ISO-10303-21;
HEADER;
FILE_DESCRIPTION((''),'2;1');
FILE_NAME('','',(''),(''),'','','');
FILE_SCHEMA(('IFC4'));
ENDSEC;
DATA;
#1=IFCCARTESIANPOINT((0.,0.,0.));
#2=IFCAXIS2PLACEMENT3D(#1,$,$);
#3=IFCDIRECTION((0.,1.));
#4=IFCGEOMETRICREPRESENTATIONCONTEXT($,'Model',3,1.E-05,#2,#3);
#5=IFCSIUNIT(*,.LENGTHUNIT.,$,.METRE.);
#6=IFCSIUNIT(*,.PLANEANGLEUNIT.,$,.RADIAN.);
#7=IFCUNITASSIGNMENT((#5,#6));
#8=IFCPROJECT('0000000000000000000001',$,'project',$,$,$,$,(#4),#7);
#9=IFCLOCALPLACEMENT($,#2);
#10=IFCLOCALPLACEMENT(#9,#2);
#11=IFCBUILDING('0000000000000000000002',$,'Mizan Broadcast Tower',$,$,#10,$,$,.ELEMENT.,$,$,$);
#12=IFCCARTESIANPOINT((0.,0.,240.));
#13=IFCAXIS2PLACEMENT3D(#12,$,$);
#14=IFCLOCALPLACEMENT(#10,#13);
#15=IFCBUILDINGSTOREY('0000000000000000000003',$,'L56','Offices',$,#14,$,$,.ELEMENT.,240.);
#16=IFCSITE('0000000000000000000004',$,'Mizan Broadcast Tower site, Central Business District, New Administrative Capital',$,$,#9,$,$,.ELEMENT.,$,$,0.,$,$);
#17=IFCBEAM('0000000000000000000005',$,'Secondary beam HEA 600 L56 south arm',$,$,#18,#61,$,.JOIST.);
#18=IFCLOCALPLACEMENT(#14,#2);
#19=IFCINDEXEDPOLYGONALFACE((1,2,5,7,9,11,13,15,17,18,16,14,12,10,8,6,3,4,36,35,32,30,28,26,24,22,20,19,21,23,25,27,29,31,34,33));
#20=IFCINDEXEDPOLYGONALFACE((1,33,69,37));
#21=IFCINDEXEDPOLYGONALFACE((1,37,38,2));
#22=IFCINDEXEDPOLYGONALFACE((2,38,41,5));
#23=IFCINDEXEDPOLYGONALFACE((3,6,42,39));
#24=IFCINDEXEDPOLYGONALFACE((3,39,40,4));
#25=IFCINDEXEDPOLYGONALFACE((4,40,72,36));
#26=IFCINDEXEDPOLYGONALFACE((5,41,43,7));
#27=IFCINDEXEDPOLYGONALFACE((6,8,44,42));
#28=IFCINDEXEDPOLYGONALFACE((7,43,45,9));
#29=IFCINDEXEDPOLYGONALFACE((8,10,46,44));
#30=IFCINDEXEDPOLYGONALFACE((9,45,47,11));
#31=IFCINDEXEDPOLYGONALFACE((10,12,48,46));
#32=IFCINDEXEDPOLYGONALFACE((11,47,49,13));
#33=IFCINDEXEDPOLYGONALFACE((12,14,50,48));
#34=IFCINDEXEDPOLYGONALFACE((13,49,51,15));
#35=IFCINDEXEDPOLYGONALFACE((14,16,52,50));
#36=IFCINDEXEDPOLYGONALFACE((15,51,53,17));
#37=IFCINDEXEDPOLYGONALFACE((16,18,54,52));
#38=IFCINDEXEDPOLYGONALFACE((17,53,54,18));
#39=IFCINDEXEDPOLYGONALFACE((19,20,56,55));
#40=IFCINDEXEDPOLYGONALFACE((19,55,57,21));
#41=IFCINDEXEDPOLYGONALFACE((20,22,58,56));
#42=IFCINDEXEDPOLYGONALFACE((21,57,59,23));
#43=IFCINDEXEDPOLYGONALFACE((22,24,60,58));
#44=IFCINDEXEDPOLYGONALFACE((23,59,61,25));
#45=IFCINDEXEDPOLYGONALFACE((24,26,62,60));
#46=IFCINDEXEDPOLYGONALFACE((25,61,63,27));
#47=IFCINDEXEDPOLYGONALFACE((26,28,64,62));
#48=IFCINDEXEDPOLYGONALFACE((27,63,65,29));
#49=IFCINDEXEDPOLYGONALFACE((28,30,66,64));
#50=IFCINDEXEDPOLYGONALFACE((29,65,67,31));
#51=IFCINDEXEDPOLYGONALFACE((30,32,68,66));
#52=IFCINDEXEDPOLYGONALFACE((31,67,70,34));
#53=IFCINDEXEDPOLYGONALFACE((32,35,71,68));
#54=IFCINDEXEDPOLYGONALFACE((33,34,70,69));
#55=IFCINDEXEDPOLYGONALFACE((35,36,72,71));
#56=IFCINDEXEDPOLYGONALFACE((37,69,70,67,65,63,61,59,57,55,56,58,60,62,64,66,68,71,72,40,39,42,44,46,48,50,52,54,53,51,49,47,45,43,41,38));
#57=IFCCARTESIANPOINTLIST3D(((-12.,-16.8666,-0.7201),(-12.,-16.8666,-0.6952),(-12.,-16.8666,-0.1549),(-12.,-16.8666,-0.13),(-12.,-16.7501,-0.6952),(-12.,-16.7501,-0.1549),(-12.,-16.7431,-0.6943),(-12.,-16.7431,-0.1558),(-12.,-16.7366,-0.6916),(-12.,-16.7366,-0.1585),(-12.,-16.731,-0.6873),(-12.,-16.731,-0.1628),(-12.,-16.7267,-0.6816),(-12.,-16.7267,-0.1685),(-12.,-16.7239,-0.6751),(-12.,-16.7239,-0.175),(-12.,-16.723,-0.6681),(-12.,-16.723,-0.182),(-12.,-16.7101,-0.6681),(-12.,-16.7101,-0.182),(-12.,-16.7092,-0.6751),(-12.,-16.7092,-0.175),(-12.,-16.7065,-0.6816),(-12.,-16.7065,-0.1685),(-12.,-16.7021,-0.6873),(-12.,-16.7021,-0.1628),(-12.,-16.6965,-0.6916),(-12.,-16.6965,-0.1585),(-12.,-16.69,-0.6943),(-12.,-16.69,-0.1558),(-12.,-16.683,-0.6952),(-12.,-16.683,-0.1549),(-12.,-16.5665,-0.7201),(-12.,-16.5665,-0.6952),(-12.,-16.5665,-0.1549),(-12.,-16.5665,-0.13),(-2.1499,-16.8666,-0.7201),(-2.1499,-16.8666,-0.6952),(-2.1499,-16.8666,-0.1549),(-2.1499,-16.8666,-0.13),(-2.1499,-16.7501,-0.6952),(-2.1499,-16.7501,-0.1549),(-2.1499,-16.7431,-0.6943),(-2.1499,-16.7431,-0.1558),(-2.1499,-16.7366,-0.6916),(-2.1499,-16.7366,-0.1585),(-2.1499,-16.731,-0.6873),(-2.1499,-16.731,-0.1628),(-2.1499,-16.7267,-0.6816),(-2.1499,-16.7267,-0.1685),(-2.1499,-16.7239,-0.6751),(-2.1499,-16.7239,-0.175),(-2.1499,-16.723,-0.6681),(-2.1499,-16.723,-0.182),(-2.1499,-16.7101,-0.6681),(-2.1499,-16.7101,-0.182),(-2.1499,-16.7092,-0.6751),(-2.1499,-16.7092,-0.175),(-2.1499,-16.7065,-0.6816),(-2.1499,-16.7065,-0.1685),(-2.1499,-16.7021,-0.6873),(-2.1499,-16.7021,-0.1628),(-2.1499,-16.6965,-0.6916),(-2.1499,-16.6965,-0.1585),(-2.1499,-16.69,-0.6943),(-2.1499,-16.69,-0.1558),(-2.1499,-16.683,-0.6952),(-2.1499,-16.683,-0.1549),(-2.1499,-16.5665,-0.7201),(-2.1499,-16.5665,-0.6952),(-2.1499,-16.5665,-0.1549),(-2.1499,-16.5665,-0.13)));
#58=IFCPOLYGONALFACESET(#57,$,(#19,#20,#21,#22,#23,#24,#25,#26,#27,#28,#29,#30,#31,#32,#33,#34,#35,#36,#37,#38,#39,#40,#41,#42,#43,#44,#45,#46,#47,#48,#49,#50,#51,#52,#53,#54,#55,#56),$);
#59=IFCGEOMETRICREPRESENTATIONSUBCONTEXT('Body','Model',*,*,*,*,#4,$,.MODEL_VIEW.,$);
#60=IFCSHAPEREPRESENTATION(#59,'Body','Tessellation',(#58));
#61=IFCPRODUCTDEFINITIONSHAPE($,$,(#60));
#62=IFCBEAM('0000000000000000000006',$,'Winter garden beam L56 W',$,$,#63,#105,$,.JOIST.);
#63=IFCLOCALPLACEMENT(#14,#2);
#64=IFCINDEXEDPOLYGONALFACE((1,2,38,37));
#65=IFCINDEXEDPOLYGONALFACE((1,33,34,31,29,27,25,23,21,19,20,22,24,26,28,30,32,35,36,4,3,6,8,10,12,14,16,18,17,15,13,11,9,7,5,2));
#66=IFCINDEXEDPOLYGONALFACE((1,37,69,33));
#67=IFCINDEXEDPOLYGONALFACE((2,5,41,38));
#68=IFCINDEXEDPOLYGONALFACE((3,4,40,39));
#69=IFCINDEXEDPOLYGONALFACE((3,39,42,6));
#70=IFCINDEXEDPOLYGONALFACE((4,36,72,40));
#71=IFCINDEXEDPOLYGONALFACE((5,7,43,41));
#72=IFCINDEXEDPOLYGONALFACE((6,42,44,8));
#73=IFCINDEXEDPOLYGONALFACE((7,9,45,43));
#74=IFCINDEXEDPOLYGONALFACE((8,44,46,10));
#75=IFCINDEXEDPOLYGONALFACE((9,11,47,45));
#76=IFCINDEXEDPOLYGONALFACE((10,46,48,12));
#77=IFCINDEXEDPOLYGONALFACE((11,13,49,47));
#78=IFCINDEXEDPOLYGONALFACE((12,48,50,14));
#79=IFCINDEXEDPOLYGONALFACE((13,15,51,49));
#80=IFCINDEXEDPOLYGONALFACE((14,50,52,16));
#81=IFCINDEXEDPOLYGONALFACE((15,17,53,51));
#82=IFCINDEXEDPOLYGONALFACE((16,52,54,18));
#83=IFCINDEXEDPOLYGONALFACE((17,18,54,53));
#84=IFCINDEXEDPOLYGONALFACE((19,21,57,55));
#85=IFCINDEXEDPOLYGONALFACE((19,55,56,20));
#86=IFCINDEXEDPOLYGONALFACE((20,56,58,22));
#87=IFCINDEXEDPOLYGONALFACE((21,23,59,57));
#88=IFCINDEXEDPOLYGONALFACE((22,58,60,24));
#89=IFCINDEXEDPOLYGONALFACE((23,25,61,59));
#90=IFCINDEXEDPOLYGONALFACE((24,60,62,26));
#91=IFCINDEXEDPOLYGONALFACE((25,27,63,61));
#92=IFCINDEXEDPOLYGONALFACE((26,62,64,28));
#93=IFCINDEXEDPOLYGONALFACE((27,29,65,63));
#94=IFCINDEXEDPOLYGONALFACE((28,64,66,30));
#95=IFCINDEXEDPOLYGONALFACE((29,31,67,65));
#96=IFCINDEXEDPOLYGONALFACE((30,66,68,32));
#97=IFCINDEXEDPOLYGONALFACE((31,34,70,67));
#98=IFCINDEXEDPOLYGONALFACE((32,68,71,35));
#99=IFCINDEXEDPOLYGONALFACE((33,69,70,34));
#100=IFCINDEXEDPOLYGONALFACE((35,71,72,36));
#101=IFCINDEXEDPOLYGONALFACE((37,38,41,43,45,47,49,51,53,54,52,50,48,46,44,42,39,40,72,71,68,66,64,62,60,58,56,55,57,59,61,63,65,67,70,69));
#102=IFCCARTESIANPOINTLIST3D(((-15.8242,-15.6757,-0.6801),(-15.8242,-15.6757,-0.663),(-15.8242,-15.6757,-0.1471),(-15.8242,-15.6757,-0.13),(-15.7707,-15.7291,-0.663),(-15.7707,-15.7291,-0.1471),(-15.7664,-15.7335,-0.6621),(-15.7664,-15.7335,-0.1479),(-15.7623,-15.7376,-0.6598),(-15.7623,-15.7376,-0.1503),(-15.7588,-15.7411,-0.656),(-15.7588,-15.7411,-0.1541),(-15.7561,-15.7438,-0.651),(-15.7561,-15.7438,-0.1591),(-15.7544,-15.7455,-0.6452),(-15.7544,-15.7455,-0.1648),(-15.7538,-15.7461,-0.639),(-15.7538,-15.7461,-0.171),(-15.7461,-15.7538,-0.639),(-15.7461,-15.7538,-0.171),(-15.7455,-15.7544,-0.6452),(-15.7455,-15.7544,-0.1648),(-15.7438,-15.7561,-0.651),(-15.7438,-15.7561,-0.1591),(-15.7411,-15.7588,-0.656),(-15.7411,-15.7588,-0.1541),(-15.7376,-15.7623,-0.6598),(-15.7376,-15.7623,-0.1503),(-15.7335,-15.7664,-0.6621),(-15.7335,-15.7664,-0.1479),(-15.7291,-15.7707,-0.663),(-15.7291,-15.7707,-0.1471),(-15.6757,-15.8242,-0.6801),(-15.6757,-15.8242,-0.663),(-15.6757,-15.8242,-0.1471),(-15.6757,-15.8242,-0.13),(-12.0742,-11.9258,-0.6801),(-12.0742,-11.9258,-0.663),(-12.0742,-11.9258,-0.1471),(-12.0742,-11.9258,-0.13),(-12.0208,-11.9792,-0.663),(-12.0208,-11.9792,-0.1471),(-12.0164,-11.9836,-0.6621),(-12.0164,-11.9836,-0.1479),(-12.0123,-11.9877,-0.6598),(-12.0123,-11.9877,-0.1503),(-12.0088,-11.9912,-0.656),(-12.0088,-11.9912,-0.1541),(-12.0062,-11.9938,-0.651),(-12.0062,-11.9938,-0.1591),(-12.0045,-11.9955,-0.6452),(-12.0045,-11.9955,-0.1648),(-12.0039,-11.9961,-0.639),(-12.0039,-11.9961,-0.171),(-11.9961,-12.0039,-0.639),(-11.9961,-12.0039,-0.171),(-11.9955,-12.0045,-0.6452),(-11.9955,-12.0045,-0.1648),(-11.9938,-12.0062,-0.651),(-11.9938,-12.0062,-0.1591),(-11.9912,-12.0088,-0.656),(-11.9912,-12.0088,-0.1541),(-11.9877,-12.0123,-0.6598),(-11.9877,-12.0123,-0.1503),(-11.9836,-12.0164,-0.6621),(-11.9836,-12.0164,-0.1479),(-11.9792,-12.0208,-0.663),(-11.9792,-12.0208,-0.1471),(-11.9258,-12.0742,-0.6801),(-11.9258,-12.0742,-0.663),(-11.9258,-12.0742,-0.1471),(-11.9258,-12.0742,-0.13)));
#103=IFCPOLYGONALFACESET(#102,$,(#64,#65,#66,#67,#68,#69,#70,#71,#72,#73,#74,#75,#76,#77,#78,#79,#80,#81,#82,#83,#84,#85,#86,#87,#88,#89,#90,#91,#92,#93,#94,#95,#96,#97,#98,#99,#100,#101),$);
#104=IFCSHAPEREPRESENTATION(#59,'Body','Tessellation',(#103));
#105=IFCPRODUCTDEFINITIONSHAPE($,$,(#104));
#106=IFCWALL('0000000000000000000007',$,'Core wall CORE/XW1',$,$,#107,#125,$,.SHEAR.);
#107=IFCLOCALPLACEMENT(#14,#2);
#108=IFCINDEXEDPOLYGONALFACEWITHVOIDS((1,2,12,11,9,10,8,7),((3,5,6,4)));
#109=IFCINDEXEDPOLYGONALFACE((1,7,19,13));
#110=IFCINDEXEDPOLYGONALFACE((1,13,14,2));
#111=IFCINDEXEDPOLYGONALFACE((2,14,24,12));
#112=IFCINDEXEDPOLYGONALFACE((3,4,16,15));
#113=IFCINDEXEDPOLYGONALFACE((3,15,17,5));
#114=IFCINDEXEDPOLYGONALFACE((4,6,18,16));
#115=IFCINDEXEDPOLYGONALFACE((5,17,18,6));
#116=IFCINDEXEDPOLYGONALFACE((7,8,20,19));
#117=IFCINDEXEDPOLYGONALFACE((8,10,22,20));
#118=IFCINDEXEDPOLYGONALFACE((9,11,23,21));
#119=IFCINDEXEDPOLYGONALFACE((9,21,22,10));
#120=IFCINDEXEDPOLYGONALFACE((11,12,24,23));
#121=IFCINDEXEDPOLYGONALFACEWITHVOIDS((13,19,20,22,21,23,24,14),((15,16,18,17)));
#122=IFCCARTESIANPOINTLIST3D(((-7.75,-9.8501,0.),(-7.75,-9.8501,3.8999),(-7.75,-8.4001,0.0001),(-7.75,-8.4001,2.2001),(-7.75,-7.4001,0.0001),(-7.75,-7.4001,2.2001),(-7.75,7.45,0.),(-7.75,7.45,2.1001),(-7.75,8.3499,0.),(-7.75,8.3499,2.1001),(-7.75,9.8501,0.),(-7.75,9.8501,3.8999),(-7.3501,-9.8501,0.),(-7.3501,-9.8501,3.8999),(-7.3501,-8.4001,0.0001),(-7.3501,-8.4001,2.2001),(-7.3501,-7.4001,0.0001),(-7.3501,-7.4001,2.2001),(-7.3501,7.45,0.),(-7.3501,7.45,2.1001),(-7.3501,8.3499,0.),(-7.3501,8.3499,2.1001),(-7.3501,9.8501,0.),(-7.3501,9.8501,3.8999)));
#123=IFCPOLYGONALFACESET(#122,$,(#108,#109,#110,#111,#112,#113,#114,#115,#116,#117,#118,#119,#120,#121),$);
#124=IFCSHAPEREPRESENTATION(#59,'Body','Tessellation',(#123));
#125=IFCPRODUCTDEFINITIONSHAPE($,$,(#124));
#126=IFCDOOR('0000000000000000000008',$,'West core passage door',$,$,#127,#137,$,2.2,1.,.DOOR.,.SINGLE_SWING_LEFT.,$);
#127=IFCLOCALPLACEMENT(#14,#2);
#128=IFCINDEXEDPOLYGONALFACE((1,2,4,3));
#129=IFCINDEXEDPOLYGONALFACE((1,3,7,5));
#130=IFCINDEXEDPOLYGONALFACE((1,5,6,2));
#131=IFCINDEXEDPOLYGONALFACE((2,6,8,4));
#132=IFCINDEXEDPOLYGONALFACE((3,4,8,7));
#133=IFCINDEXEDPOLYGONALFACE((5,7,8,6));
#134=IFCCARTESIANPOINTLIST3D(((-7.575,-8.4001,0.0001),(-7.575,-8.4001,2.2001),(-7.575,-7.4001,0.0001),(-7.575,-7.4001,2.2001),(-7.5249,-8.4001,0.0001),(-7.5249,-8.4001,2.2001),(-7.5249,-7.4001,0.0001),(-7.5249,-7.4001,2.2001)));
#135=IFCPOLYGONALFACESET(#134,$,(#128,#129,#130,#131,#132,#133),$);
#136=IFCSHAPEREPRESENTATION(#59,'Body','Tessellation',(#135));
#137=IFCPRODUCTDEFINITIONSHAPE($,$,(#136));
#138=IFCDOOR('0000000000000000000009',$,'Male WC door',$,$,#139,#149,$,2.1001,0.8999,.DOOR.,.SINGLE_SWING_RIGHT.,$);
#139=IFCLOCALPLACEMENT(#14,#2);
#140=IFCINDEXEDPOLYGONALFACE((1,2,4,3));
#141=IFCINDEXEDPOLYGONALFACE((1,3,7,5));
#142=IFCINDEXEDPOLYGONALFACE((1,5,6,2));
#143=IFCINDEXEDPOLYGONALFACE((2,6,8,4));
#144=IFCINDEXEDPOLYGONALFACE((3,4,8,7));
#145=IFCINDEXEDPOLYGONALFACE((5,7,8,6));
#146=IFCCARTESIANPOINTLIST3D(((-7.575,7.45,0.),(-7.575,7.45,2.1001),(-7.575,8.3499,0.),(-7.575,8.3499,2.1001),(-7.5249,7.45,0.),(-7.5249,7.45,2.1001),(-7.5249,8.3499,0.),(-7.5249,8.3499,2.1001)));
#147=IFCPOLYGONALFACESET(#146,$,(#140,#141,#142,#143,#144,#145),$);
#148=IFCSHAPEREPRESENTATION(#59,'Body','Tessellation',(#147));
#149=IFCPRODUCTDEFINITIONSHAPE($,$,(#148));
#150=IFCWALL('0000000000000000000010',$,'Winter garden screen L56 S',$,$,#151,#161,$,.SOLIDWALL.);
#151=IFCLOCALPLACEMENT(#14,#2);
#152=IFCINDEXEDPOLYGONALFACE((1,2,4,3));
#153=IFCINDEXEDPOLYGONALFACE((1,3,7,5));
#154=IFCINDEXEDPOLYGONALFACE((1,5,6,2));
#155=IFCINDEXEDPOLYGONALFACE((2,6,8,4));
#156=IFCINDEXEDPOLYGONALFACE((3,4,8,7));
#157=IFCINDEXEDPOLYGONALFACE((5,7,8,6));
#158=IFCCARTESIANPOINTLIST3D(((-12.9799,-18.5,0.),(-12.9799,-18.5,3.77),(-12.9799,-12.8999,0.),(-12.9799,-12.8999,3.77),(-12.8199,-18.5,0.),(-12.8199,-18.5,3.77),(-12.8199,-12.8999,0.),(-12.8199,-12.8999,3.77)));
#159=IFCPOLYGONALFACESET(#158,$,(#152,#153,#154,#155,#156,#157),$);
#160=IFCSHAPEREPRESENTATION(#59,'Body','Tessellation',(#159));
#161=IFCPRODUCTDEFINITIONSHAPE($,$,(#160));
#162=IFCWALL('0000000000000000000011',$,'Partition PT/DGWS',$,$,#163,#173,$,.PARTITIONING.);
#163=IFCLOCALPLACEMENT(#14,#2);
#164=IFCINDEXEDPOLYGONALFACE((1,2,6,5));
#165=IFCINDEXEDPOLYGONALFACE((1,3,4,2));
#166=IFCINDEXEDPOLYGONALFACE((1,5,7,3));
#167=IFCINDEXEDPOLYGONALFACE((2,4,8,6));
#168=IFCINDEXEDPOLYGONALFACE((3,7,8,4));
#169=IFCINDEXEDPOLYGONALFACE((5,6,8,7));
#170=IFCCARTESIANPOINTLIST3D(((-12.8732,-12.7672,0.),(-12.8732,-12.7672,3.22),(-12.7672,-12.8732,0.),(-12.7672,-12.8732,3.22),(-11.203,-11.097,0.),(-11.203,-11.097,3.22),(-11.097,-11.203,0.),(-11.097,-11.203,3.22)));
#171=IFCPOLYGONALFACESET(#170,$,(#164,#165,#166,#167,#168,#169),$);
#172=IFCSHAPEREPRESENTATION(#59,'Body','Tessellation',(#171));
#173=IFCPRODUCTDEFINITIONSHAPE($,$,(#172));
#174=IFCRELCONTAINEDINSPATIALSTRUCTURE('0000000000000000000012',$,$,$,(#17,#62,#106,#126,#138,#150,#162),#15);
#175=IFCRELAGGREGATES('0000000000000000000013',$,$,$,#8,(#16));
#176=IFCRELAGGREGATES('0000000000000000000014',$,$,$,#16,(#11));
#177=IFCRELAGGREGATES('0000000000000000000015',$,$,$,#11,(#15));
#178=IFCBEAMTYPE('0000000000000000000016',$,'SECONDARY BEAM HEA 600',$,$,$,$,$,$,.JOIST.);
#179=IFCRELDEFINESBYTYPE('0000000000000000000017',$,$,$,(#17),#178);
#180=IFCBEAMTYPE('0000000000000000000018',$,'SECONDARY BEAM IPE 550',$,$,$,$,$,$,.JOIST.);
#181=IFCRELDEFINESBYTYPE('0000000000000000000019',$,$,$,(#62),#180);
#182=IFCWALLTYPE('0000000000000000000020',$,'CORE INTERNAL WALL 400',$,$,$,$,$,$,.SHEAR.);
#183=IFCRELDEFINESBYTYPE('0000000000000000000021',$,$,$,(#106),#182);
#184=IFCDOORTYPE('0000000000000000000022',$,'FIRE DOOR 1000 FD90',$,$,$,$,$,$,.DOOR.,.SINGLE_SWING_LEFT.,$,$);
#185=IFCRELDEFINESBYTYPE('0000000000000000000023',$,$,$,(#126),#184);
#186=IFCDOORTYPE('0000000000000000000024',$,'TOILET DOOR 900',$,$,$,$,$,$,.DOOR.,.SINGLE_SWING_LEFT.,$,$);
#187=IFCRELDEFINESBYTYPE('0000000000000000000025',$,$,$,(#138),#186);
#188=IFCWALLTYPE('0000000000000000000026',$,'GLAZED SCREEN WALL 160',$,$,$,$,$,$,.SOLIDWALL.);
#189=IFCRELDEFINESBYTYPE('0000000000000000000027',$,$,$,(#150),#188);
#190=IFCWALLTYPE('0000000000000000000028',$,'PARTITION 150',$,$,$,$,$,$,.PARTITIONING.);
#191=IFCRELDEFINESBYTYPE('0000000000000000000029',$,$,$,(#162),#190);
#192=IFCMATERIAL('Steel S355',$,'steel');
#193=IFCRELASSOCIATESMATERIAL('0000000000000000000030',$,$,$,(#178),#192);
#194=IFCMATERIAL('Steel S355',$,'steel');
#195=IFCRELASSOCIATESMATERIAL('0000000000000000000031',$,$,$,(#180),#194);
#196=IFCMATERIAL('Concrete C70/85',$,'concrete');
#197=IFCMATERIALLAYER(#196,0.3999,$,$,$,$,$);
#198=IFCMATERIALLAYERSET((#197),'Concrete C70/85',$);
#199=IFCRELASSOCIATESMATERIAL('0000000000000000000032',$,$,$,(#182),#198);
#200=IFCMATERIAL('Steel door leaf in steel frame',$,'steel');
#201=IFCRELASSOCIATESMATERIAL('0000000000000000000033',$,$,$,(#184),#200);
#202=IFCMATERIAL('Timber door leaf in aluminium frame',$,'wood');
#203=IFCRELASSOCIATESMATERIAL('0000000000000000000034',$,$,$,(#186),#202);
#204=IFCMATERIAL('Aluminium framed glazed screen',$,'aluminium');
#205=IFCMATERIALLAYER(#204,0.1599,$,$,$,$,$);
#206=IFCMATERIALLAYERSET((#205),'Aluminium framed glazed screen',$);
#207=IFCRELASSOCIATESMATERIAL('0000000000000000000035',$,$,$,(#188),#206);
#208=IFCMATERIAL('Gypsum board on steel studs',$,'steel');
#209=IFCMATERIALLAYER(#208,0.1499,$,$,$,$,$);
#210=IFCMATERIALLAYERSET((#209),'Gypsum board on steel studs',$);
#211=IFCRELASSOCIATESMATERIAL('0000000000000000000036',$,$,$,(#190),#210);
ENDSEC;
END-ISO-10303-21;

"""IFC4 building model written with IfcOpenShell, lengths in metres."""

from ifc_helpers import new_model, si_unit, direction, frame, frame_2d, origin, origin_2d, place, context, subcontext, project, spatial, rectangle, i_section, extrude, material, layer, layer_set, material_profile, profile_set, type_object, element, fill, save


model = new_model("IFC4")

# Units and contexts
model_context = context("Model", 3, precision=1e-05, world=origin(), true_north=direction((0.0, 1.0)))
body_context = subcontext(model_context, "Body", "Model", "MODEL_VIEW")
ifc_project = project(units=[si_unit("LENGTHUNIT", "METRE"), si_unit("PLANEANGLEUNIT", "RADIAN")], contexts=[model_context])

# Site, building, storey
site_placement = place(None, origin())
site = spatial("IfcSite", under=ifc_project, at=site_placement, Name="Mizan Broadcast Tower site, Central Business District, New Administrative Capital", CompositionType="ELEMENT", RefElevation=0.0)
building_placement = place(site_placement, origin())
building = spatial("IfcBuilding", under=site, at=building_placement, Name="Mizan Broadcast Tower", CompositionType="ELEMENT")
storey_placement = place(building_placement, frame((0.0, 0.0, 240.0)))
storey = spatial("IfcBuildingStorey", under=building, at=storey_placement, Name="L56", Description="Offices", CompositionType="ELEMENT", Elevation=240.0)

# Beams
ifc_material_1 = material(Name="Steel S355", Category="steel")
ifc_material_profile_1 = material_profile(ifc_material_1, i_section(OverallWidth=0.3, OverallDepth=0.5901, WebThickness=0.0129, FlangeThickness=0.0249, FilletRadius=0.0271, at=origin_2d()), Name="HEA 600")
ifc_profile_set_1 = profile_set([ifc_material_profile_1], Name="Steel S355")
beam_type_1 = type_object("IfcBeamType", Name="SECONDARY BEAM HEA 600", PredefinedType="JOIST", material=ifc_profile_set_1)
for number, where, z_axis, x_axis, name in (
    (1, (-12.0, -16.7166, -0.425), (1.0, 0.0, 0.0), (0.0, 1.0, 0.0), "Secondary beam HEA 600 L56 south arm"),
):
    element("IfcBeam", number, at=place(storey_placement, frame(where, z_axis=z_axis, x_axis=x_axis)), inside=storey, type_object=beam_type_1, Name=name, PredefinedType="JOIST", context=body_context, shape_type="SweptSolid", body=[
        extrude(i_section(OverallWidth=0.3, OverallDepth=0.5901, WebThickness=0.0129, FlangeThickness=0.0249, FilletRadius=0.0271, at=origin_2d()), origin(), (0.0, 0.0, 1.0), 9.8501),
    ])
ifc_material_2 = material(Name="Steel S355", Category="steel")
ifc_material_profile_2 = material_profile(ifc_material_2, i_section(OverallWidth=0.21, OverallDepth=0.55, WebThickness=0.011, FlangeThickness=0.0171, FilletRadius=0.0239, at=origin_2d()), Name="IPE 550")
ifc_profile_set_2 = profile_set([ifc_material_profile_2], Name="Steel S355")
beam_type_2 = type_object("IfcBeamType", Name="SECONDARY BEAM IPE 550", PredefinedType="JOIST", material=ifc_profile_set_2)
beam_1_placement = place(storey_placement, frame((-12.0, -12.0, -0.405), z_axis=(-0.707107, -0.707107, 0.0), x_axis=(0.707107, -0.707107, 0.0)))
element("IfcBeam", 2, at=beam_1_placement, inside=storey, type_object=beam_type_2, Name="Winter garden beam L56 W", PredefinedType="JOIST", context=body_context, shape_type="SweptSolid", body=[
    extrude(i_section(OverallWidth=0.21, OverallDepth=0.55, WebThickness=0.011, FlangeThickness=0.0171, FilletRadius=0.0239, at=origin_2d()), origin(), (0.0, 0.0, 1.0), 5.3032),
])

# Wall, openings, doors
ifc_material_3 = material(Name="Concrete C70/85", Category="concrete")
ifc_layer_1 = layer(ifc_material_3, 0.3999)
ifc_layer_set_1 = layer_set([ifc_layer_1], Name="Concrete C70/85")
wall_type_1 = type_object("IfcWallType", Name="CORE INTERNAL WALL 400", PredefinedType="SHEAR", material=ifc_layer_set_1)
wall_1_placement = place(storey_placement, frame((-7.55, -9.8501, 0.0), z_axis=(0.0, 0.0, 1.0), x_axis=(0.0, 1.0, 0.0)))
wall_1 = element("IfcWall", 3, at=wall_1_placement, inside=storey, type_object=wall_type_1, Name="Core wall CORE/XW1", PredefinedType="SHEAR", context=body_context, shape_type="SweptSolid", body=[
    extrude(rectangle(XDim=19.7002, YDim=0.3999, at=frame_2d((9.8501, 0.0))), origin(), (0.0, 0.0, 1.0), 3.8999),
])
opening_1_placement = place(wall_1_placement, frame((1.45, 0.0, 0.0)))
opening_1 = element("IfcOpeningElement", 4, at=opening_1_placement, cuts=wall_1, PredefinedType="OPENING", context=body_context, shape_type="SweptSolid", body=[
    extrude(rectangle(XDim=1.0, YDim=2.2, at=frame_2d((0.5, 1.1001))), frame((0.0, 0.21, 0.0), z_axis=(0.0, -1.0, 0.0), x_axis=(1.0, 0.0, 0.0)), (0.0, 0.0, 1.0), 0.4199),
])
opening_2_placement = place(wall_1_placement, frame((17.3, 0.0, 0.0)))
opening_2 = element("IfcOpeningElement", 5, at=opening_2_placement, cuts=wall_1, PredefinedType="OPENING", context=body_context, shape_type="SweptSolid", body=[
    extrude(rectangle(XDim=0.8999, YDim=2.1001, at=frame_2d((0.45, 1.05))), frame((0.0, 0.21, 0.0), z_axis=(0.0, -1.0, 0.0), x_axis=(1.0, 0.0, 0.0)), (0.0, 0.0, 1.0), 0.4199),
])
ifc_material_4 = material(Name="Steel door leaf in steel frame", Category="steel")
door_type_1 = type_object("IfcDoorType", Name="FIRE DOOR 1000 FD90", OperationType="SINGLE_SWING_LEFT", PredefinedType="DOOR", material=ifc_material_4)
door_1_placement = place(opening_1_placement, origin())
door_1 = element("IfcDoor", 6, at=door_1_placement, inside=storey, type_object=door_type_1, Name="West core passage door", OperationType="SINGLE_SWING_LEFT", OverallHeight=2.2, OverallWidth=1.0, PredefinedType="DOOR", context=body_context, shape_type="SweptSolid", body=[
    extrude(rectangle(XDim=1.0, YDim=2.2, at=frame_2d((0.5, 1.1001))), frame((0.0, 0.0249, 0.0), z_axis=(0.0, -1.0, 0.0), x_axis=(1.0, 0.0, 0.0)), (0.0, 0.0, 1.0), 0.05),
])
fill(opening_1, door_1)
ifc_material_5 = material(Name="Timber door leaf in aluminium frame", Category="wood")
door_type_2 = type_object("IfcDoorType", Name="TOILET DOOR 900", OperationType="SINGLE_SWING_LEFT", PredefinedType="DOOR", material=ifc_material_5)
door_2_placement = place(opening_2_placement, origin())
door_2 = element("IfcDoor", 7, at=door_2_placement, inside=storey, type_object=door_type_2, Name="Male WC door", OperationType="SINGLE_SWING_RIGHT", OverallHeight=2.1001, OverallWidth=0.8999, PredefinedType="DOOR", context=body_context, shape_type="SweptSolid", body=[
    extrude(rectangle(XDim=0.8999, YDim=2.1001, at=frame_2d((0.45, 1.05))), frame((0.0, 0.0249, 0.0), z_axis=(0.0, -1.0, 0.0), x_axis=(1.0, 0.0, 0.0)), (0.0, 0.0, 1.0), 0.05),
])
fill(opening_2, door_2)

# Walls
ifc_material_6 = material(Name="Aluminium framed glazed screen", Category="aluminium")
ifc_layer_2 = layer(ifc_material_6, 0.1599)
ifc_layer_set_2 = layer_set([ifc_layer_2], Name="Aluminium framed glazed screen")
wall_type_2 = type_object("IfcWallType", Name="GLAZED SCREEN WALL 160", PredefinedType="SOLIDWALL", material=ifc_layer_set_2)
wall_2_placement = place(storey_placement, frame((-12.8999, -12.8999, 0.0), z_axis=(0.0, 0.0, 1.0), x_axis=(0.0, -1.0, 0.0)))
element("IfcWall", 8, at=wall_2_placement, inside=storey, type_object=wall_type_2, Name="Winter garden screen L56 S", PredefinedType="SOLIDWALL", context=body_context, shape_type="SweptSolid", body=[
    extrude(rectangle(XDim=5.6001, YDim=0.1599, at=frame_2d((2.8, 0.0))), origin(), (0.0, 0.0, 1.0), 3.77),
])
ifc_material_7 = material(Name="Gypsum board on steel studs", Category="steel")
ifc_layer_3 = layer(ifc_material_7, 0.1499)
ifc_layer_set_3 = layer_set([ifc_layer_3], Name="Gypsum board on steel studs")
wall_type_3 = type_object("IfcWallType", Name="PARTITION 150", PredefinedType="PARTITIONING", material=ifc_layer_set_3)
wall_3_placement = place(storey_placement, frame((-11.1499, -11.1499, 0.0), z_axis=(0.0, 0.0, 1.0), x_axis=(-0.707107, -0.707107, 0.0)))
element("IfcWall", 9, at=wall_3_placement, inside=storey, type_object=wall_type_3, Name="Partition PT/DGWS", PredefinedType="PARTITIONING", context=body_context, shape_type="SweptSolid", body=[
    extrude(rectangle(XDim=2.3621, YDim=0.1499, at=frame_2d((1.1812, 0.0))), origin(), (0.0, 0.0, 1.0), 3.22),
])

save(model, "model.ifc")
